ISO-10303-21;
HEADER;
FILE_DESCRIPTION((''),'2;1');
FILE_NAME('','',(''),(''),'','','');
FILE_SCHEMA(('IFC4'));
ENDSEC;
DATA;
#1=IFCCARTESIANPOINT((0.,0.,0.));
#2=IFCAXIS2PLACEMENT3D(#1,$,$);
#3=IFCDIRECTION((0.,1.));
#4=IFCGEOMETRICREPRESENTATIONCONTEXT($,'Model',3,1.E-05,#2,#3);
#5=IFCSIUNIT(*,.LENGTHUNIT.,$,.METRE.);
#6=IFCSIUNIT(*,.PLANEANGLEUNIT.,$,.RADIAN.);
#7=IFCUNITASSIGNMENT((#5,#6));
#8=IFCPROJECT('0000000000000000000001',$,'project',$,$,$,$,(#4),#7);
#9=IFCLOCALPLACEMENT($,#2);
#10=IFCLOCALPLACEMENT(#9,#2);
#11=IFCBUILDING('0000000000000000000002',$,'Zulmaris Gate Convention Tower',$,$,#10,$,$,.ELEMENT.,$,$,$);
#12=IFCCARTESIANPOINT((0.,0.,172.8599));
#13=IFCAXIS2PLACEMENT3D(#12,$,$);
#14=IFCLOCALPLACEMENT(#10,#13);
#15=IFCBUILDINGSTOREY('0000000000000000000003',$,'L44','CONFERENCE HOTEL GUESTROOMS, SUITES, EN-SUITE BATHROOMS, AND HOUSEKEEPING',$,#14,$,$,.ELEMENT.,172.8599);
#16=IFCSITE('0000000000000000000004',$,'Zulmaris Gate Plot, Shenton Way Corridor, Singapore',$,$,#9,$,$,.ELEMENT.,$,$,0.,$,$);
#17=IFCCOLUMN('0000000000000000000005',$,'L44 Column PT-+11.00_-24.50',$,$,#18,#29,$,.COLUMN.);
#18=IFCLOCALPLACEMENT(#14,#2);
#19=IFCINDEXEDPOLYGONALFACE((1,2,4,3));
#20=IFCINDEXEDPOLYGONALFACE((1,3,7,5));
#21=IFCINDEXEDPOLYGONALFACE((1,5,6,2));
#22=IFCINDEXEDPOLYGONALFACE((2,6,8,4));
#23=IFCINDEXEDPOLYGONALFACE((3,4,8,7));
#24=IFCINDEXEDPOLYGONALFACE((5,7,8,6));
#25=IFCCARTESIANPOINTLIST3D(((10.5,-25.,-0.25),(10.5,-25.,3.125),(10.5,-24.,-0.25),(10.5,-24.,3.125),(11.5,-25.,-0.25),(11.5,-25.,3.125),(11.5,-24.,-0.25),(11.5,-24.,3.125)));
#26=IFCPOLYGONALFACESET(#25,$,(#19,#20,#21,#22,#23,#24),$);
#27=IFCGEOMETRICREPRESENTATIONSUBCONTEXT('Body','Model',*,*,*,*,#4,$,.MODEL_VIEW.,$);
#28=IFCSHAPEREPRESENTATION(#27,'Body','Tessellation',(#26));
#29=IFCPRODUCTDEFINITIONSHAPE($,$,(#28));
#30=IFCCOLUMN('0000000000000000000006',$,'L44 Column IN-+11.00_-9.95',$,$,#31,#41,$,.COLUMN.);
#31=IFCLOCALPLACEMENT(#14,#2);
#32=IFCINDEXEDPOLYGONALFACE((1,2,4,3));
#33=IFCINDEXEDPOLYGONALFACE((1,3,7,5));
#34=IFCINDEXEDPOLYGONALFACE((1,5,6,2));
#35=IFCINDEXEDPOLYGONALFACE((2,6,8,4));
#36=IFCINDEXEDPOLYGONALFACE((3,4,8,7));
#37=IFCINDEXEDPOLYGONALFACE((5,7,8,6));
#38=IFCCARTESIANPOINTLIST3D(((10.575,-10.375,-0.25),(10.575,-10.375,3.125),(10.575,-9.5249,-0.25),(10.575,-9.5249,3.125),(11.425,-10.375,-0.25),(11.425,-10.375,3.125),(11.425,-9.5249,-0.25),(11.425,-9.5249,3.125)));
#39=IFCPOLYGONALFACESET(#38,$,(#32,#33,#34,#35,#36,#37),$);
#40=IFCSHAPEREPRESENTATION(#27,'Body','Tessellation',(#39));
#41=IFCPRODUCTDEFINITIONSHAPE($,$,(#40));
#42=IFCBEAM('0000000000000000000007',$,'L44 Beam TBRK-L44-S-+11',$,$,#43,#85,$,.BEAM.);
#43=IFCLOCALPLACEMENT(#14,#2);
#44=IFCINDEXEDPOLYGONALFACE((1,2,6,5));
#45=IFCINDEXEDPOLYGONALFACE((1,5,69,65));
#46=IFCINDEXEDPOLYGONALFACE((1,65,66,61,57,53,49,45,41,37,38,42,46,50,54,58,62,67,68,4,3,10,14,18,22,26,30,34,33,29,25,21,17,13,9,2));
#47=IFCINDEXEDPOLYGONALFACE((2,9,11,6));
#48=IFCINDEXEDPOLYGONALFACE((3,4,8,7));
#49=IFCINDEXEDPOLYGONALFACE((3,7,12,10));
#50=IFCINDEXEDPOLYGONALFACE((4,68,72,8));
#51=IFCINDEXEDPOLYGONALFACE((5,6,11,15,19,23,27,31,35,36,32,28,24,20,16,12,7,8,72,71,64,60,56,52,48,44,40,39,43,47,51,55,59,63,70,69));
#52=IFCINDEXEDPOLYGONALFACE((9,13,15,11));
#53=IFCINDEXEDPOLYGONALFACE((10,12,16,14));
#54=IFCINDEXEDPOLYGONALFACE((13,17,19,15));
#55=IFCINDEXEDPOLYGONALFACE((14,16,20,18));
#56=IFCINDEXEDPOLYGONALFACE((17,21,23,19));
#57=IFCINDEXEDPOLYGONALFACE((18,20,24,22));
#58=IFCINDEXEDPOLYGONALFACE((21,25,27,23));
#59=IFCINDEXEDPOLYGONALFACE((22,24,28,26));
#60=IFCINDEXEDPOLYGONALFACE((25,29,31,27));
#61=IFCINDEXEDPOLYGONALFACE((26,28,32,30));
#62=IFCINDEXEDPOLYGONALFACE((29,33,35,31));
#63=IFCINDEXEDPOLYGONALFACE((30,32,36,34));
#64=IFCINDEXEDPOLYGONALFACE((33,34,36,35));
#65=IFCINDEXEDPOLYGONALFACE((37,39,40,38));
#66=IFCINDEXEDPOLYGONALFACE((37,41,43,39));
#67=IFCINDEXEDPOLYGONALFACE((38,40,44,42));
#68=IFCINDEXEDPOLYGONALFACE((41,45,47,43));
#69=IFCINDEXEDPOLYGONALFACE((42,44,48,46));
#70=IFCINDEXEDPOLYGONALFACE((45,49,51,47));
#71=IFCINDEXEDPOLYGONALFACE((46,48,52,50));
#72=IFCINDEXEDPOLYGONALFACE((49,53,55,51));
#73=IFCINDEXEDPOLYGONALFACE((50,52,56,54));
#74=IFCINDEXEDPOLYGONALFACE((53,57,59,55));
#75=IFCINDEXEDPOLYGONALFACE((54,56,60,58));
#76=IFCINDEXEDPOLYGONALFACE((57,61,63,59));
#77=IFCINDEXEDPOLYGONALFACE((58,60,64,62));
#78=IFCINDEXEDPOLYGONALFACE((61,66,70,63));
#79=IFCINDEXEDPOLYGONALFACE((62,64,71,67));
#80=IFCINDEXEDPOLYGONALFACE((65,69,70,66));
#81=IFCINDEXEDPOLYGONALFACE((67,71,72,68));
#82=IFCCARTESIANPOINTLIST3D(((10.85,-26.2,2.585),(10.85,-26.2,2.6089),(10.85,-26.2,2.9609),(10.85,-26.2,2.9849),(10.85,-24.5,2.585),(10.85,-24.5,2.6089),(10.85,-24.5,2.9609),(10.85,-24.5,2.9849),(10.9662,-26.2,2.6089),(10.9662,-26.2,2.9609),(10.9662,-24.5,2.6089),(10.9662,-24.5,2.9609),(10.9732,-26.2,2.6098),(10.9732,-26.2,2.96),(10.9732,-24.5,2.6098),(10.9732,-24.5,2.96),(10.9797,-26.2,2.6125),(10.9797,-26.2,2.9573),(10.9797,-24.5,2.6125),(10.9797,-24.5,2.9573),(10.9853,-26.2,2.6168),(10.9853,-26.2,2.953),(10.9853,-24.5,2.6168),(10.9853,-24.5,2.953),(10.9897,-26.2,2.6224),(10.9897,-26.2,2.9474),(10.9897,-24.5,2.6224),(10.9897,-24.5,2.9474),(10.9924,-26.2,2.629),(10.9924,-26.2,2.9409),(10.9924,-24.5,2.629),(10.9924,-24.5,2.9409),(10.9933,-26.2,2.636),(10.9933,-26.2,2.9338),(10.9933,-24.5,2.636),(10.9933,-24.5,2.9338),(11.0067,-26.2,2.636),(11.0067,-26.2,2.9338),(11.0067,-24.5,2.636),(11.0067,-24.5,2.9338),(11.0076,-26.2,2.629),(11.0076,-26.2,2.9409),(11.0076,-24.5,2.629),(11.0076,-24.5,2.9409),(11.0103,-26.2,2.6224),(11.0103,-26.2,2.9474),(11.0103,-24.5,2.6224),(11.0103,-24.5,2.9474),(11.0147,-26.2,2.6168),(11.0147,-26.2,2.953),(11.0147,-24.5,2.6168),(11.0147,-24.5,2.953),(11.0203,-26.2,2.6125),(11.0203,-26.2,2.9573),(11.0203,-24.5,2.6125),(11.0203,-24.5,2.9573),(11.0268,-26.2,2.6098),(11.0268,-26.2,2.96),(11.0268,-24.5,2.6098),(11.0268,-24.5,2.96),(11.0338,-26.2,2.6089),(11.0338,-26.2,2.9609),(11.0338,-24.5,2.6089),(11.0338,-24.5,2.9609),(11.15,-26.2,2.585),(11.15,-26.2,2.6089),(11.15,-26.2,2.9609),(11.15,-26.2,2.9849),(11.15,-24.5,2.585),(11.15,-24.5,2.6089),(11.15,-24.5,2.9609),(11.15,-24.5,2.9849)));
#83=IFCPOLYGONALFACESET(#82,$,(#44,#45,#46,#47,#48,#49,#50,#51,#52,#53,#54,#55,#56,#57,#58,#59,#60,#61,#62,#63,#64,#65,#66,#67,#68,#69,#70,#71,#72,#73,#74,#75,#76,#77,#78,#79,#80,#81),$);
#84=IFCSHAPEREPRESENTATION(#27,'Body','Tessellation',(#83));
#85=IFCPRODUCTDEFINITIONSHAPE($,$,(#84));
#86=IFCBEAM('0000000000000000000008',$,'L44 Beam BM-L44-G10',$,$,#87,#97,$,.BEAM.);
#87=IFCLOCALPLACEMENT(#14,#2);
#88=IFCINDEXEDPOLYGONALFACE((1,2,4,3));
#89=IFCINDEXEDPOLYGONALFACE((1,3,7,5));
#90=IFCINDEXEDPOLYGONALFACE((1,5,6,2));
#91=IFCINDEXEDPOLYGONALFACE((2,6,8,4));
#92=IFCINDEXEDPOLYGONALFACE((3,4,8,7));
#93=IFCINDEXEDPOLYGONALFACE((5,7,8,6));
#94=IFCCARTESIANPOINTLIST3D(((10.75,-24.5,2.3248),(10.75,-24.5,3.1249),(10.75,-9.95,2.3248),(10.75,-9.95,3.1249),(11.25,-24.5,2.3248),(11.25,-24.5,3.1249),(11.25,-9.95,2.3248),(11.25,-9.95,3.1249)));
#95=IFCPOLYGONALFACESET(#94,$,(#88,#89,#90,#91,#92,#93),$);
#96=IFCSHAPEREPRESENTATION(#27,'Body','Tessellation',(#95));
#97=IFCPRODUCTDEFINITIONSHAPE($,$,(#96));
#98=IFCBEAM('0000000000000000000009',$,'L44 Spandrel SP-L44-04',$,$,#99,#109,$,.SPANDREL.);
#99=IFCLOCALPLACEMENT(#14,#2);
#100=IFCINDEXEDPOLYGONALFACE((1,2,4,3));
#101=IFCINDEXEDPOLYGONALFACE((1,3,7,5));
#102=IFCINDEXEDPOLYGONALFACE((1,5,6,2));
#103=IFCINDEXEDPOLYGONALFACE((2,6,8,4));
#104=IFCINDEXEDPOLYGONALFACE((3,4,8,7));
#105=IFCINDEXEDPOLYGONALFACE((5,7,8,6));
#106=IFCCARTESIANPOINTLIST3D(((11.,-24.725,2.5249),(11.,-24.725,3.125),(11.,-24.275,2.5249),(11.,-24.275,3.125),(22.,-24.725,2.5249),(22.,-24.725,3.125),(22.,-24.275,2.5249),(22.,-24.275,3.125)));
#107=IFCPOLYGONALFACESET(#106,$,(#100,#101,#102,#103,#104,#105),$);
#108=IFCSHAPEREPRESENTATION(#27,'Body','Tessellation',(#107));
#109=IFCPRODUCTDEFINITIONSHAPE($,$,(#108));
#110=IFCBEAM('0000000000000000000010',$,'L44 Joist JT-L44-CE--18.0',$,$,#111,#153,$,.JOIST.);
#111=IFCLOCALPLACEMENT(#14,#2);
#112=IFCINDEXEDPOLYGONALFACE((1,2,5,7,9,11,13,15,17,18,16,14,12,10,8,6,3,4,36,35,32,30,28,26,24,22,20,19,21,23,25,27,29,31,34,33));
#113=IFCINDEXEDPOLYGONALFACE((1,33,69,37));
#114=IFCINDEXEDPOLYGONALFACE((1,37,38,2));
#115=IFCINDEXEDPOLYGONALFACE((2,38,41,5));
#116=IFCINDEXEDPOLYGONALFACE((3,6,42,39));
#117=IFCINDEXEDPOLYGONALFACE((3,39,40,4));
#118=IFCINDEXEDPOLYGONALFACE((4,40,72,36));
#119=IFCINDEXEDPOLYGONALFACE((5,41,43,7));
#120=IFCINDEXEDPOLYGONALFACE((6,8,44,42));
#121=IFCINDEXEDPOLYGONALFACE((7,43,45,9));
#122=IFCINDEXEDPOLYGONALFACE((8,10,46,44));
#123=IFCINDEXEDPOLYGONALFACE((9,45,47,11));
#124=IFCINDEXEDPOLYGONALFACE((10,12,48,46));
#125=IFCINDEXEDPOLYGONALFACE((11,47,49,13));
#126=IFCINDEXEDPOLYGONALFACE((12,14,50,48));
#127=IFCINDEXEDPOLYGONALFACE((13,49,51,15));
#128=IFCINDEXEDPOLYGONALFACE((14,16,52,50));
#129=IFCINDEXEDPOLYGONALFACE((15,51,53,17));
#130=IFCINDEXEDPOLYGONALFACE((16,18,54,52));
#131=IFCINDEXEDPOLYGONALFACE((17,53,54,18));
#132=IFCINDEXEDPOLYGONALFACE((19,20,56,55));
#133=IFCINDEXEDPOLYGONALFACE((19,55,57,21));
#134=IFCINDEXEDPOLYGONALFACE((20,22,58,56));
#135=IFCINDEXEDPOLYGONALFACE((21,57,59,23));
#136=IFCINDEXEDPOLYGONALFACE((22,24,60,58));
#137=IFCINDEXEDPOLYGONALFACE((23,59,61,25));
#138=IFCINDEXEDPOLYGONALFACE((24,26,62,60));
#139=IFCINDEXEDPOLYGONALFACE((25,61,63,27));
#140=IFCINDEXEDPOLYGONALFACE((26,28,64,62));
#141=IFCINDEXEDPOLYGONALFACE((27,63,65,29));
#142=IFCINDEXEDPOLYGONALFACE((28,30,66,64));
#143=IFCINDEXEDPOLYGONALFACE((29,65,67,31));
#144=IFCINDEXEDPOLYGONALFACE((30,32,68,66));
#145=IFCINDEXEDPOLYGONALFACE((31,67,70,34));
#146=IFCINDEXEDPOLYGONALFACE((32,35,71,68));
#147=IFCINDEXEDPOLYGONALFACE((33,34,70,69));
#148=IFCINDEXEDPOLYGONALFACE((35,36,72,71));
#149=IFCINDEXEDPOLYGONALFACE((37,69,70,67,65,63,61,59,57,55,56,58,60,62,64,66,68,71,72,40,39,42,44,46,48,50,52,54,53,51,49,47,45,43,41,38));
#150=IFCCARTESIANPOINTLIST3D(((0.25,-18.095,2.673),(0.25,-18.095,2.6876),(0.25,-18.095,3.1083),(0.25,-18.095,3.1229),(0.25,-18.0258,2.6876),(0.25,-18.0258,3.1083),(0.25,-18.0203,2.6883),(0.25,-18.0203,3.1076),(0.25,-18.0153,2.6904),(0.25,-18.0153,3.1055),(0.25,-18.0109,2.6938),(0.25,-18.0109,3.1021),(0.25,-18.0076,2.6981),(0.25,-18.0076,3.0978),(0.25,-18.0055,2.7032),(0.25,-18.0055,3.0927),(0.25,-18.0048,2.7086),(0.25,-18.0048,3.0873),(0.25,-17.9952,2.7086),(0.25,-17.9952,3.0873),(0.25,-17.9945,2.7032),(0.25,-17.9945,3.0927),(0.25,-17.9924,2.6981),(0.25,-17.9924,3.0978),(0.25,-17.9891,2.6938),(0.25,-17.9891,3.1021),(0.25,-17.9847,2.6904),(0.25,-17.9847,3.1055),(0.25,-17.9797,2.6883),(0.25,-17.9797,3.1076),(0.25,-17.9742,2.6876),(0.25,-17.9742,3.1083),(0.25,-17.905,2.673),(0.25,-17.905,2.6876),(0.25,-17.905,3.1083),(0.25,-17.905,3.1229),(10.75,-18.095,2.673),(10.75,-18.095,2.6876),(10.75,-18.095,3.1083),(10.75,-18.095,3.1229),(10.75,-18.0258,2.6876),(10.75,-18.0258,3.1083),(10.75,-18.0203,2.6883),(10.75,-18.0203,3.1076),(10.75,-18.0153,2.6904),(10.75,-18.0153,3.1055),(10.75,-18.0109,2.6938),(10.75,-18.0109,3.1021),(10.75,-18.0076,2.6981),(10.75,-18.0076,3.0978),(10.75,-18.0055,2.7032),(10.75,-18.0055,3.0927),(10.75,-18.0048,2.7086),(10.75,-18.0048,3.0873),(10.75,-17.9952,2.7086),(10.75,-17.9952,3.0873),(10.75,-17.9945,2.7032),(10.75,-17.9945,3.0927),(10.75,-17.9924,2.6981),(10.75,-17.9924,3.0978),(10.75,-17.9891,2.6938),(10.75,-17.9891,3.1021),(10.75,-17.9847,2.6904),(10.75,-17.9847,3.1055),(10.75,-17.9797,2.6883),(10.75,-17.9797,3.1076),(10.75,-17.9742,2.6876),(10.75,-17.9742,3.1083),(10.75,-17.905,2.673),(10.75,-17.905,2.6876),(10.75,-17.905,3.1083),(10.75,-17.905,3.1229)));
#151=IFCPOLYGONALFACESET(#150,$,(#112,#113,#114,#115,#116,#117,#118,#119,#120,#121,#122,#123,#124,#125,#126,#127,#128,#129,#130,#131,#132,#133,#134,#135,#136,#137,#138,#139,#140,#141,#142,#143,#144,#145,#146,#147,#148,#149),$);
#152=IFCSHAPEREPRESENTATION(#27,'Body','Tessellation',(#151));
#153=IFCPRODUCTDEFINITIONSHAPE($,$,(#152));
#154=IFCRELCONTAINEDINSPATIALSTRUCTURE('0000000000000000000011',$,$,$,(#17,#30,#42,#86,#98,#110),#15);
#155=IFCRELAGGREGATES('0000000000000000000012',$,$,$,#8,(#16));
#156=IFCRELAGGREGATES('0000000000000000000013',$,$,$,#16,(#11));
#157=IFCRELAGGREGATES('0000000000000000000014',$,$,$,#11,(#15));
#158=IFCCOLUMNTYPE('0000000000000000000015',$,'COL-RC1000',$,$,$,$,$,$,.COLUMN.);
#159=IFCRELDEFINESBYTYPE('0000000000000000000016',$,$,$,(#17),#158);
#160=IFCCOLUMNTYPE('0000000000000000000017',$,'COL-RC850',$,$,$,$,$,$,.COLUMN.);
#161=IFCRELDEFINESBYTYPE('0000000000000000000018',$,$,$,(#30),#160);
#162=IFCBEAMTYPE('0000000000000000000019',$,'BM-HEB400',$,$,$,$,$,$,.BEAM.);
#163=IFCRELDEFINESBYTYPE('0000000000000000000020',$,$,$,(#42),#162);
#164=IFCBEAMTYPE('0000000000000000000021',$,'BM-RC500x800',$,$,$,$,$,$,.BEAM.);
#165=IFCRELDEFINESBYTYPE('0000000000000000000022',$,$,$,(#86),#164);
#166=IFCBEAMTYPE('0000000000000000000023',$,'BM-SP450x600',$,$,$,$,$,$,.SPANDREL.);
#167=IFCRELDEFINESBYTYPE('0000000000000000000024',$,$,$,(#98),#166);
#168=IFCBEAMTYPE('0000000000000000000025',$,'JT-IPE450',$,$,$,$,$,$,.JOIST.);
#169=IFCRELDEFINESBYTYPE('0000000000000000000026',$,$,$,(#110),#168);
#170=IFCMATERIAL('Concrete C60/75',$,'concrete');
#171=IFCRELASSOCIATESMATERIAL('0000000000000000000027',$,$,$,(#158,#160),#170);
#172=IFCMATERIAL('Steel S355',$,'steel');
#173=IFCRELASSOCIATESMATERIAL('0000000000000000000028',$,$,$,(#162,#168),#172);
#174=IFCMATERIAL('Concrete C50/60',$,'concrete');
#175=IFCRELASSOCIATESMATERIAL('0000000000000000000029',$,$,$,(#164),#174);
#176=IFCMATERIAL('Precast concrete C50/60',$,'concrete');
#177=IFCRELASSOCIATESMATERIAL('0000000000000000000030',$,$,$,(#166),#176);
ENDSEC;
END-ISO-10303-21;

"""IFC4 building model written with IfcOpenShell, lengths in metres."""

from ifc_helpers import new_model, si_unit, direction, frame, origin, origin_2d, place, context, subcontext, project, spatial, rectangle, i_section, extrude, material, material_profile, profile_set, type_object, element, save


model = new_model("IFC4")

# Units and contexts
model_context = context("Model", 3, precision=1e-05, world=origin(), true_north=direction((0.0, 1.0)))
body_context = subcontext(model_context, "Body", "Model", "MODEL_VIEW")
ifc_project = project(units=[si_unit("LENGTHUNIT", "METRE"), si_unit("PLANEANGLEUNIT", "RADIAN")], contexts=[model_context])

# Site, building, storey
site_placement = place(None, origin())
site = spatial("IfcSite", under=ifc_project, at=site_placement, Name="Zulmaris Gate Plot, Shenton Way Corridor, Singapore", CompositionType="ELEMENT", RefElevation=0.0)
building_placement = place(site_placement, origin())
building = spatial("IfcBuilding", under=site, at=building_placement, Name="Zulmaris Gate Convention Tower", CompositionType="ELEMENT")
storey_placement = place(building_placement, frame((0.0, 0.0, 172.8599)))
storey = spatial("IfcBuildingStorey", under=building, at=storey_placement, Name="L44", Description="CONFERENCE HOTEL GUESTROOMS, SUITES, EN-SUITE BATHROOMS, AND HOUSEKEEPING", CompositionType="ELEMENT", Elevation=172.8599)

# Columns
ifc_material_1 = material(Name="Concrete C60/75", Category="concrete")
ifc_material_profile_1 = material_profile(ifc_material_1, rectangle(XDim=1.0, YDim=1.0, at=origin_2d()), Name="RC COL 1000x1000")
ifc_profile_set_1 = profile_set([ifc_material_profile_1], Name="Concrete C60/75")
column_type_1 = type_object("IfcColumnType", Name="COL-RC1000", PredefinedType="COLUMN", material=ifc_profile_set_1)
column_1_placement = place(storey_placement, frame((11.0, -24.5, -0.25), z_axis=(0.0, 0.0, 1.0), x_axis=(1.0, 0.0, 0.0)))
element("IfcColumn", 1, at=column_1_placement, inside=storey, type_object=column_type_1, Name="L44 Column PT-+11.00_-24.50", PredefinedType="COLUMN", context=body_context, shape_type="SweptSolid", body=[
    extrude(rectangle(XDim=1.0, YDim=1.0, at=origin_2d()), origin(), (0.0, 0.0, 1.0), 3.375),
])
ifc_material_profile_2 = material_profile(ifc_material_1, rectangle(XDim=0.8501, YDim=0.8501, at=origin_2d()), Name="RC COL 850x850")
ifc_profile_set_2 = profile_set([ifc_material_profile_2], Name="Concrete C60/75")
column_type_2 = type_object("IfcColumnType", Name="COL-RC850", PredefinedType="COLUMN", material=ifc_profile_set_2)
column_2_placement = place(storey_placement, frame((11.0, -9.95, -0.25), z_axis=(0.0, 0.0, 1.0), x_axis=(1.0, 0.0, 0.0)))
element("IfcColumn", 2, at=column_2_placement, inside=storey, type_object=column_type_2, Name="L44 Column IN-+11.00_-9.95", PredefinedType="COLUMN", context=body_context, shape_type="SweptSolid", body=[
    extrude(rectangle(XDim=0.8501, YDim=0.8501, at=origin_2d()), origin(), (0.0, 0.0, 1.0), 3.375),
])

# Beams
ifc_material_2 = material(Name="Steel S355", Category="steel")
ifc_material_profile_3 = material_profile(ifc_material_2, i_section(OverallWidth=0.3, OverallDepth=0.3999, WebThickness=0.0134, FlangeThickness=0.0239, FilletRadius=0.0271, at=origin_2d()), Name="HEB 400")
ifc_profile_set_3 = profile_set([ifc_material_profile_3], Name="Steel S355")
beam_type_1 = type_object("IfcBeamType", Name="BM-HEB400", PredefinedType="BEAM", material=ifc_profile_set_3)
beam_1_placement = place(storey_placement, frame((11.0, -26.2, 2.7849), z_axis=(0.0, 1.0, 0.0), x_axis=(-1.0, 0.0, 0.0)))
element("IfcBeam", 3, at=beam_1_placement, inside=storey, type_object=beam_type_1, Name="L44 Beam TBRK-L44-S-+11", PredefinedType="BEAM", context=body_context, shape_type="SweptSolid", body=[
    extrude(i_section(OverallWidth=0.3, OverallDepth=0.3999, WebThickness=0.0134, FlangeThickness=0.0239, FilletRadius=0.0271, at=origin_2d()), origin(), (0.0, 0.0, 1.0), 1.7),
])
ifc_material_3 = material(Name="Concrete C50/60", Category="concrete")
ifc_material_profile_4 = material_profile(ifc_material_3, rectangle(XDim=0.5, YDim=0.8, at=origin_2d()), Name="RC BEAM 500x800")
ifc_profile_set_4 = profile_set([ifc_material_profile_4], Name="Concrete C50/60")
beam_type_2 = type_object("IfcBeamType", Name="BM-RC500x800", PredefinedType="BEAM", material=ifc_profile_set_4)
beam_2_placement = place(storey_placement, frame((11.0, -24.5, 2.7249), z_axis=(0.0, 1.0, 0.0), x_axis=(-1.0, 0.0, 0.0)))
element("IfcBeam", 4, at=beam_2_placement, inside=storey, type_object=beam_type_2, Name="L44 Beam BM-L44-G10", PredefinedType="BEAM", context=body_context, shape_type="SweptSolid", body=[
    extrude(rectangle(XDim=0.5, YDim=0.8, at=origin_2d()), origin(), (0.0, 0.0, 1.0), 14.55),
])
ifc_material_4 = material(Name="Precast concrete C50/60", Category="concrete")
ifc_material_profile_5 = material_profile(ifc_material_4, rectangle(XDim=0.45, YDim=0.6001, at=origin_2d()), Name="RC SPANDREL 450x600")
ifc_profile_set_5 = profile_set([ifc_material_profile_5], Name="Precast concrete C50/60")
beam_type_3 = type_object("IfcBeamType", Name="BM-SP450x600", PredefinedType="SPANDREL", material=ifc_profile_set_5)
beam_3_placement = place(storey_placement, frame((11.0, -24.5, 2.825), z_axis=(1.0, 0.0, 0.0), x_axis=(0.0, 1.0, 0.0)))
element("IfcBeam", 5, at=beam_3_placement, inside=storey, type_object=beam_type_3, Name="L44 Spandrel SP-L44-04", PredefinedType="SPANDREL", context=body_context, shape_type="SweptSolid", body=[
    extrude(rectangle(XDim=0.45, YDim=0.6001, at=origin_2d()), origin(), (0.0, 0.0, 1.0), 11.0),
])
ifc_material_profile_6 = material_profile(ifc_material_2, i_section(OverallWidth=0.1899, OverallDepth=0.45, WebThickness=0.0095, FlangeThickness=0.0146, FilletRadius=0.021, at=origin_2d()), Name="IPE 450")
ifc_profile_set_6 = profile_set([ifc_material_profile_6], Name="Steel S355")
beam_type_4 = type_object("IfcBeamType", Name="JT-IPE450", PredefinedType="JOIST", material=ifc_profile_set_6)
for number, where, z_axis, x_axis, name in (
    (6, (0.25, -18.0, 2.8979), (1.0, 0.0, 0.0), (0.0, 1.0, 0.0), "L44 Joist JT-L44-CE--18.0"),
):
    element("IfcBeam", number, at=place(storey_placement, frame(where, z_axis=z_axis, x_axis=x_axis)), inside=storey, type_object=beam_type_4, Name=name, PredefinedType="JOIST", context=body_context, shape_type="SweptSolid", body=[
        extrude(i_section(OverallWidth=0.1899, OverallDepth=0.45, WebThickness=0.0095, FlangeThickness=0.0146, FilletRadius=0.021, at=origin_2d()), origin(), (0.0, 0.0, 1.0), 10.5),
    ])

save(model, "model.ifc")
